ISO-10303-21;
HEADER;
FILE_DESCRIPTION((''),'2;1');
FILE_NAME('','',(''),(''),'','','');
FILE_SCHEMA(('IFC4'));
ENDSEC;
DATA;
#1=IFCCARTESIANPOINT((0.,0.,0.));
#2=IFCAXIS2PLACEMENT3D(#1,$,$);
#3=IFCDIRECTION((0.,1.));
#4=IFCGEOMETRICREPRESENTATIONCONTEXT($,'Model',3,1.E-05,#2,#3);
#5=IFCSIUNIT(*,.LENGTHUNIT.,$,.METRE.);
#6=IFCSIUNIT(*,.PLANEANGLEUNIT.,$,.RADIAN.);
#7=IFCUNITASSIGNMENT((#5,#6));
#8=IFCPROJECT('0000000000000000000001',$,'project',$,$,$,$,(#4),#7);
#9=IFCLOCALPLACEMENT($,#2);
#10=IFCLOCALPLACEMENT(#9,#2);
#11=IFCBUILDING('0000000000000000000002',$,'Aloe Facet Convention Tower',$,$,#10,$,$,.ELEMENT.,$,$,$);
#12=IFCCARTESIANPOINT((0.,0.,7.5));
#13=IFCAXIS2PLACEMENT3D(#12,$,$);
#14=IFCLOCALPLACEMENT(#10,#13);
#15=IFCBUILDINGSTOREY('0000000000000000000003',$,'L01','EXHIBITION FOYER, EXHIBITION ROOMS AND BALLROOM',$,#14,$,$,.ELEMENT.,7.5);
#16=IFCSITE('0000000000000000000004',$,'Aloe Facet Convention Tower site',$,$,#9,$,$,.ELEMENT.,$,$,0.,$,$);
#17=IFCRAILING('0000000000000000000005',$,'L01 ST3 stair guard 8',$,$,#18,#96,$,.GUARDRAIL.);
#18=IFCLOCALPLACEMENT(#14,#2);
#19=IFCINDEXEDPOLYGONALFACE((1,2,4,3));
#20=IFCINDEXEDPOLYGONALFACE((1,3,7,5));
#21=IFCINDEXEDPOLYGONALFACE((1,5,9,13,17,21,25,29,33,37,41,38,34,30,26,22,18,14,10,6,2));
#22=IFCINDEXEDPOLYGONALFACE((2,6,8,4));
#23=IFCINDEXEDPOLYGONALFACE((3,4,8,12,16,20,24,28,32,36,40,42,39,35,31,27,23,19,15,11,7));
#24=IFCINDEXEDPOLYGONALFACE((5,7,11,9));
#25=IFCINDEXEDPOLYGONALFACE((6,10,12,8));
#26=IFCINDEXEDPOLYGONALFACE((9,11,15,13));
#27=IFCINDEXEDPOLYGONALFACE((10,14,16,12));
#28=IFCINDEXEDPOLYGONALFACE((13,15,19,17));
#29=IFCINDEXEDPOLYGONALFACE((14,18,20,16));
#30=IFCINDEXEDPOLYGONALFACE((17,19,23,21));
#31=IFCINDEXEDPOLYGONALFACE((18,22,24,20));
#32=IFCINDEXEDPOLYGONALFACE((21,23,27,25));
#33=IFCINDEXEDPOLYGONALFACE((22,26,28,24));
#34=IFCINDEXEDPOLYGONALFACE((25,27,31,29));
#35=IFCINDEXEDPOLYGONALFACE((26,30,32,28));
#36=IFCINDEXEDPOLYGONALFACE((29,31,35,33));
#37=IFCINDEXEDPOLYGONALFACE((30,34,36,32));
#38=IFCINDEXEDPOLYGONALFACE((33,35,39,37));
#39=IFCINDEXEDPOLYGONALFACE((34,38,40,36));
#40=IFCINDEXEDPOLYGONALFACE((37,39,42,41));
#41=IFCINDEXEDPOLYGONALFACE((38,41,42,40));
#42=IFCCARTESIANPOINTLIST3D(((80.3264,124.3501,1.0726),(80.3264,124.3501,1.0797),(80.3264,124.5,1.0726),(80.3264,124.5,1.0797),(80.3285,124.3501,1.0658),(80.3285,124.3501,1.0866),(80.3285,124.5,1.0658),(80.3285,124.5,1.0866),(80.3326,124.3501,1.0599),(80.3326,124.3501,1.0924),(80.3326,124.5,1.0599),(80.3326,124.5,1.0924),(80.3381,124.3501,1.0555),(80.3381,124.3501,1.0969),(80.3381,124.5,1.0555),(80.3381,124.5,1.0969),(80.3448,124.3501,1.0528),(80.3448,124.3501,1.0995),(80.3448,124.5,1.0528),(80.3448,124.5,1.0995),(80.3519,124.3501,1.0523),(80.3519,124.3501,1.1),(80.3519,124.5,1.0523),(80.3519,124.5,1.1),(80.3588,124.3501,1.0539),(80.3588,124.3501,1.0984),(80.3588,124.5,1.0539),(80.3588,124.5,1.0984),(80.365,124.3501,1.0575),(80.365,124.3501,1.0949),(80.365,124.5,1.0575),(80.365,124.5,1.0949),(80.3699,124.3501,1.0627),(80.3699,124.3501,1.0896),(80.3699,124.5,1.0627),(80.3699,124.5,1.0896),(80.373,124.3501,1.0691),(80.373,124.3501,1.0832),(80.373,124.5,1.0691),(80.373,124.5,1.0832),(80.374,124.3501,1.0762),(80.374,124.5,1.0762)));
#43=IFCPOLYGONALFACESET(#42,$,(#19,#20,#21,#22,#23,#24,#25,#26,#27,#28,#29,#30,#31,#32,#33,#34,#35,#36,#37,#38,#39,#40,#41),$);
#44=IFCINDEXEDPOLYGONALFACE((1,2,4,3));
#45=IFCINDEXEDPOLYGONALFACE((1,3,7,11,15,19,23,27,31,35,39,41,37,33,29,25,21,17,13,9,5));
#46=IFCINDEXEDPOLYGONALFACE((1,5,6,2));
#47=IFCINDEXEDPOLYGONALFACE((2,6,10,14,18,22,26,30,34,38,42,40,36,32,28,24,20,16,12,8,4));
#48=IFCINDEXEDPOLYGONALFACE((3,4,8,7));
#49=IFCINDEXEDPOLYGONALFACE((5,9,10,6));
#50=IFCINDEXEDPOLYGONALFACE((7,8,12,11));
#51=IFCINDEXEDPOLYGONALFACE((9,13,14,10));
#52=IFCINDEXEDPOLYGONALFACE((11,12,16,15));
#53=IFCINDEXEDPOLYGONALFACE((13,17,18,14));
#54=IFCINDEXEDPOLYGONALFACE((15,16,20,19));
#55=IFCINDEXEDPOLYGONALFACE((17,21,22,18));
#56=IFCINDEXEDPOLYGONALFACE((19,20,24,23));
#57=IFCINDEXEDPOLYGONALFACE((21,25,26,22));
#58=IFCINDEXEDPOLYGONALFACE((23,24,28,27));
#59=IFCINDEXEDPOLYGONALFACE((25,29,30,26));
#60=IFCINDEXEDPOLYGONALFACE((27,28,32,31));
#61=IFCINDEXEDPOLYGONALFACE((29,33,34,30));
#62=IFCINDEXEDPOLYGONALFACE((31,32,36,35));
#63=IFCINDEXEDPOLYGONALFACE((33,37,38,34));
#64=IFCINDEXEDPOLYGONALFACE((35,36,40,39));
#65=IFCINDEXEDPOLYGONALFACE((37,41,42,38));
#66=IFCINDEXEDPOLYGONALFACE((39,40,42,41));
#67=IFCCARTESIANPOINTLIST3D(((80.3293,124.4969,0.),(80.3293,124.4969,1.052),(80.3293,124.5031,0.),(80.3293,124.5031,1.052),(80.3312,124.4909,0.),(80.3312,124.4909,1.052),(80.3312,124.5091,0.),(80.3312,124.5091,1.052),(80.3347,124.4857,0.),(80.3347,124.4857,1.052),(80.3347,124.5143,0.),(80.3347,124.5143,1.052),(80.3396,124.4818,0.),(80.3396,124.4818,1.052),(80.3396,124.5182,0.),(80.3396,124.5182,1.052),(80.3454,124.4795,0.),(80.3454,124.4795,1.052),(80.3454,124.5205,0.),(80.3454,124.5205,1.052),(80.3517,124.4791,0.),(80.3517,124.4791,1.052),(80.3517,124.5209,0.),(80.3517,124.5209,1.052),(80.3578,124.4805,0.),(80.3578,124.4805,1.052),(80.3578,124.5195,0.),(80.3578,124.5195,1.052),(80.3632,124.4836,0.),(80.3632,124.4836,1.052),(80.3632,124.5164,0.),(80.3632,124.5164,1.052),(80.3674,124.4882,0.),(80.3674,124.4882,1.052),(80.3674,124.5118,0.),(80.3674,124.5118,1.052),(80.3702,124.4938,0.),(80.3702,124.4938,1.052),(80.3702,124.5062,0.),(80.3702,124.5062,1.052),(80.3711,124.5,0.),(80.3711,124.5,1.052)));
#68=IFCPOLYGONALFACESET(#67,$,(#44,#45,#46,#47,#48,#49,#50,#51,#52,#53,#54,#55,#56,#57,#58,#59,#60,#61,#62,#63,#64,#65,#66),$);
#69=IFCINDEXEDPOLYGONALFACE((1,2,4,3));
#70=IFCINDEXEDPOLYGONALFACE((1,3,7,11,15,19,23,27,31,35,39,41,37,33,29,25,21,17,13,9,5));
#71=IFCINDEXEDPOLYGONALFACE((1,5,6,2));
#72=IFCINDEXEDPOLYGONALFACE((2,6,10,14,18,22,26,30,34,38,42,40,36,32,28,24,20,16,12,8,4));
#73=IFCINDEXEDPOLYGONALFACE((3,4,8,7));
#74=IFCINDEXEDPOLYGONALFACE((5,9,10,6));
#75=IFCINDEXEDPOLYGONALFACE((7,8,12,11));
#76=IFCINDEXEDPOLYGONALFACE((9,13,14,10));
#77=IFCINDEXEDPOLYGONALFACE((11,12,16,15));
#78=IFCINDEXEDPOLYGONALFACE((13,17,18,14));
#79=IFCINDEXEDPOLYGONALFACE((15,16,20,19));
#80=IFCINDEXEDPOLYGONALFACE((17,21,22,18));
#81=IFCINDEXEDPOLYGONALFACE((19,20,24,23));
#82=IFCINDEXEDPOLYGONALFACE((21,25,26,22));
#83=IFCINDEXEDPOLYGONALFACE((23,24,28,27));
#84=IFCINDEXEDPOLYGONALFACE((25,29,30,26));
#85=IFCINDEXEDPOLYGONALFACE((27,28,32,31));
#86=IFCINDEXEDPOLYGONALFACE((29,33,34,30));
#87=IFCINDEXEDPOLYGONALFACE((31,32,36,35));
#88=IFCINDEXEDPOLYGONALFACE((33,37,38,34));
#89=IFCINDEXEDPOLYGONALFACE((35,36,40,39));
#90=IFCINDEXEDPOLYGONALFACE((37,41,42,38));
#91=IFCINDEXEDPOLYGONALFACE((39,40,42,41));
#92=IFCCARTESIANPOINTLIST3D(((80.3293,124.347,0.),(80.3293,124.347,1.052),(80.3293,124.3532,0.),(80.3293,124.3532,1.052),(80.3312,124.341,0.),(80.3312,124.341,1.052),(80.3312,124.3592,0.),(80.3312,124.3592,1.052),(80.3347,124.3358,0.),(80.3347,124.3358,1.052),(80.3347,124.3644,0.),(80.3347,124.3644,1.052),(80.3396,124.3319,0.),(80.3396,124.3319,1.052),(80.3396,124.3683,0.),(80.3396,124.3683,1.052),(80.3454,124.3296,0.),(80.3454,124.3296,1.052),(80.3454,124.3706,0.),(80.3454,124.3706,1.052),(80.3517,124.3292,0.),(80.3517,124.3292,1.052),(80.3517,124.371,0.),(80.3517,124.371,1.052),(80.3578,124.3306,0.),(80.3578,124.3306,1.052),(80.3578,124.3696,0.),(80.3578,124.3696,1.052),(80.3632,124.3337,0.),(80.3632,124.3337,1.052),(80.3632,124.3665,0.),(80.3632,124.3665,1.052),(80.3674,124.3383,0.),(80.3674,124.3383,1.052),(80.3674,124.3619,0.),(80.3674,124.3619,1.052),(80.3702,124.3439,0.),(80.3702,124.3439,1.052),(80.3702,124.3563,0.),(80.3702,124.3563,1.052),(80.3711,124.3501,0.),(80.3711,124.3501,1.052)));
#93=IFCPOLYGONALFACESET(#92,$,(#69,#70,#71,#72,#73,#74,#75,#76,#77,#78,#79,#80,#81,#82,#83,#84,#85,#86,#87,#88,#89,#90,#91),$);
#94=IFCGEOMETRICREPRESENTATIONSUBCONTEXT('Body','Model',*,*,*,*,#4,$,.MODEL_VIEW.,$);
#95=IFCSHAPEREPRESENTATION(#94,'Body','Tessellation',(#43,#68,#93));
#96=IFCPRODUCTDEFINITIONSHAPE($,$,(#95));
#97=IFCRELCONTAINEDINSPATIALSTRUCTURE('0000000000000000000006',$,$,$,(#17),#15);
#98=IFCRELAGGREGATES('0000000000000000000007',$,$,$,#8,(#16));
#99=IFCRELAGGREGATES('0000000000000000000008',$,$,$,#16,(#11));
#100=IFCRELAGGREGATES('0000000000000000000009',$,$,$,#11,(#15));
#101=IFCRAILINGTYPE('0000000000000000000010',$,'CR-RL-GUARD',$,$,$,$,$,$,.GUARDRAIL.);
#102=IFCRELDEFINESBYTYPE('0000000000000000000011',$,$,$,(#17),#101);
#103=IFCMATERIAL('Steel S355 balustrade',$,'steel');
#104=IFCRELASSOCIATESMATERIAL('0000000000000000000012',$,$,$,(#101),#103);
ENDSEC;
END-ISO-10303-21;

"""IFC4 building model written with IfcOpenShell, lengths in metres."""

from ifc_helpers import new_model, si_unit, direction, frame, origin, origin_2d, place, context, subcontext, project, spatial, circle, extrude, material, type_object, element, save


model = new_model("IFC4")

# Units and contexts
model_context = context("Model", 3, precision=1e-05, world=origin(), true_north=direction((0.0, 1.0)))
body_context = subcontext(model_context, "Body", "Model", "MODEL_VIEW")
ifc_project = project(units=[si_unit("LENGTHUNIT", "METRE"), si_unit("PLANEANGLEUNIT", "RADIAN")], contexts=[model_context])

# Site, building, storey
site_placement = place(None, origin())
site = spatial("IfcSite", under=ifc_project, at=site_placement, Name="Aloe Facet Convention Tower site", CompositionType="ELEMENT", RefElevation=0.0)
building_placement = place(site_placement, origin())
building = spatial("IfcBuilding", under=site, at=building_placement, Name="Aloe Facet Convention Tower", CompositionType="ELEMENT")
storey_placement = place(building_placement, frame((0.0, 0.0, 7.5)))
storey = spatial("IfcBuildingStorey", under=building, at=storey_placement, Name="L01", Description="EXHIBITION FOYER, EXHIBITION ROOMS AND BALLROOM", CompositionType="ELEMENT", Elevation=7.5)

# Railing
ifc_material_1 = material(Name="Steel S355 balustrade", Category="steel")
railing_type_1 = type_object("IfcRailingType", Name="CR-RL-GUARD", PredefinedType="GUARDRAIL", material=ifc_material_1)
railing_1_placement = place(storey_placement, frame((80.3501, 124.5, 0.0)))
element("IfcRailing", 1, at=railing_1_placement, inside=storey, type_object=railing_type_1, Name="L01 ST3 stair guard 8", PredefinedType="GUARDRAIL", context=body_context, shape_type="SweptSolid", body=[
    extrude(circle(Radius=0.0239, at=origin_2d()), frame((0.0, 0.0, 1.0762), z_axis=(0.0, -1.0, 0.0), x_axis=(1.0, 0.0, 0.0)), (0.0, 0.0, 1.0), 0.1499),
    extrude(circle(Radius=0.021, at=origin_2d()), origin(), (0.0, 0.0, 1.0), 1.052),
    extrude(circle(Radius=0.021, at=origin_2d()), frame((0.0, -0.1499, 0.0)), (0.0, 0.0, 1.0), 1.052),
])

save(model, "model.ifc")
